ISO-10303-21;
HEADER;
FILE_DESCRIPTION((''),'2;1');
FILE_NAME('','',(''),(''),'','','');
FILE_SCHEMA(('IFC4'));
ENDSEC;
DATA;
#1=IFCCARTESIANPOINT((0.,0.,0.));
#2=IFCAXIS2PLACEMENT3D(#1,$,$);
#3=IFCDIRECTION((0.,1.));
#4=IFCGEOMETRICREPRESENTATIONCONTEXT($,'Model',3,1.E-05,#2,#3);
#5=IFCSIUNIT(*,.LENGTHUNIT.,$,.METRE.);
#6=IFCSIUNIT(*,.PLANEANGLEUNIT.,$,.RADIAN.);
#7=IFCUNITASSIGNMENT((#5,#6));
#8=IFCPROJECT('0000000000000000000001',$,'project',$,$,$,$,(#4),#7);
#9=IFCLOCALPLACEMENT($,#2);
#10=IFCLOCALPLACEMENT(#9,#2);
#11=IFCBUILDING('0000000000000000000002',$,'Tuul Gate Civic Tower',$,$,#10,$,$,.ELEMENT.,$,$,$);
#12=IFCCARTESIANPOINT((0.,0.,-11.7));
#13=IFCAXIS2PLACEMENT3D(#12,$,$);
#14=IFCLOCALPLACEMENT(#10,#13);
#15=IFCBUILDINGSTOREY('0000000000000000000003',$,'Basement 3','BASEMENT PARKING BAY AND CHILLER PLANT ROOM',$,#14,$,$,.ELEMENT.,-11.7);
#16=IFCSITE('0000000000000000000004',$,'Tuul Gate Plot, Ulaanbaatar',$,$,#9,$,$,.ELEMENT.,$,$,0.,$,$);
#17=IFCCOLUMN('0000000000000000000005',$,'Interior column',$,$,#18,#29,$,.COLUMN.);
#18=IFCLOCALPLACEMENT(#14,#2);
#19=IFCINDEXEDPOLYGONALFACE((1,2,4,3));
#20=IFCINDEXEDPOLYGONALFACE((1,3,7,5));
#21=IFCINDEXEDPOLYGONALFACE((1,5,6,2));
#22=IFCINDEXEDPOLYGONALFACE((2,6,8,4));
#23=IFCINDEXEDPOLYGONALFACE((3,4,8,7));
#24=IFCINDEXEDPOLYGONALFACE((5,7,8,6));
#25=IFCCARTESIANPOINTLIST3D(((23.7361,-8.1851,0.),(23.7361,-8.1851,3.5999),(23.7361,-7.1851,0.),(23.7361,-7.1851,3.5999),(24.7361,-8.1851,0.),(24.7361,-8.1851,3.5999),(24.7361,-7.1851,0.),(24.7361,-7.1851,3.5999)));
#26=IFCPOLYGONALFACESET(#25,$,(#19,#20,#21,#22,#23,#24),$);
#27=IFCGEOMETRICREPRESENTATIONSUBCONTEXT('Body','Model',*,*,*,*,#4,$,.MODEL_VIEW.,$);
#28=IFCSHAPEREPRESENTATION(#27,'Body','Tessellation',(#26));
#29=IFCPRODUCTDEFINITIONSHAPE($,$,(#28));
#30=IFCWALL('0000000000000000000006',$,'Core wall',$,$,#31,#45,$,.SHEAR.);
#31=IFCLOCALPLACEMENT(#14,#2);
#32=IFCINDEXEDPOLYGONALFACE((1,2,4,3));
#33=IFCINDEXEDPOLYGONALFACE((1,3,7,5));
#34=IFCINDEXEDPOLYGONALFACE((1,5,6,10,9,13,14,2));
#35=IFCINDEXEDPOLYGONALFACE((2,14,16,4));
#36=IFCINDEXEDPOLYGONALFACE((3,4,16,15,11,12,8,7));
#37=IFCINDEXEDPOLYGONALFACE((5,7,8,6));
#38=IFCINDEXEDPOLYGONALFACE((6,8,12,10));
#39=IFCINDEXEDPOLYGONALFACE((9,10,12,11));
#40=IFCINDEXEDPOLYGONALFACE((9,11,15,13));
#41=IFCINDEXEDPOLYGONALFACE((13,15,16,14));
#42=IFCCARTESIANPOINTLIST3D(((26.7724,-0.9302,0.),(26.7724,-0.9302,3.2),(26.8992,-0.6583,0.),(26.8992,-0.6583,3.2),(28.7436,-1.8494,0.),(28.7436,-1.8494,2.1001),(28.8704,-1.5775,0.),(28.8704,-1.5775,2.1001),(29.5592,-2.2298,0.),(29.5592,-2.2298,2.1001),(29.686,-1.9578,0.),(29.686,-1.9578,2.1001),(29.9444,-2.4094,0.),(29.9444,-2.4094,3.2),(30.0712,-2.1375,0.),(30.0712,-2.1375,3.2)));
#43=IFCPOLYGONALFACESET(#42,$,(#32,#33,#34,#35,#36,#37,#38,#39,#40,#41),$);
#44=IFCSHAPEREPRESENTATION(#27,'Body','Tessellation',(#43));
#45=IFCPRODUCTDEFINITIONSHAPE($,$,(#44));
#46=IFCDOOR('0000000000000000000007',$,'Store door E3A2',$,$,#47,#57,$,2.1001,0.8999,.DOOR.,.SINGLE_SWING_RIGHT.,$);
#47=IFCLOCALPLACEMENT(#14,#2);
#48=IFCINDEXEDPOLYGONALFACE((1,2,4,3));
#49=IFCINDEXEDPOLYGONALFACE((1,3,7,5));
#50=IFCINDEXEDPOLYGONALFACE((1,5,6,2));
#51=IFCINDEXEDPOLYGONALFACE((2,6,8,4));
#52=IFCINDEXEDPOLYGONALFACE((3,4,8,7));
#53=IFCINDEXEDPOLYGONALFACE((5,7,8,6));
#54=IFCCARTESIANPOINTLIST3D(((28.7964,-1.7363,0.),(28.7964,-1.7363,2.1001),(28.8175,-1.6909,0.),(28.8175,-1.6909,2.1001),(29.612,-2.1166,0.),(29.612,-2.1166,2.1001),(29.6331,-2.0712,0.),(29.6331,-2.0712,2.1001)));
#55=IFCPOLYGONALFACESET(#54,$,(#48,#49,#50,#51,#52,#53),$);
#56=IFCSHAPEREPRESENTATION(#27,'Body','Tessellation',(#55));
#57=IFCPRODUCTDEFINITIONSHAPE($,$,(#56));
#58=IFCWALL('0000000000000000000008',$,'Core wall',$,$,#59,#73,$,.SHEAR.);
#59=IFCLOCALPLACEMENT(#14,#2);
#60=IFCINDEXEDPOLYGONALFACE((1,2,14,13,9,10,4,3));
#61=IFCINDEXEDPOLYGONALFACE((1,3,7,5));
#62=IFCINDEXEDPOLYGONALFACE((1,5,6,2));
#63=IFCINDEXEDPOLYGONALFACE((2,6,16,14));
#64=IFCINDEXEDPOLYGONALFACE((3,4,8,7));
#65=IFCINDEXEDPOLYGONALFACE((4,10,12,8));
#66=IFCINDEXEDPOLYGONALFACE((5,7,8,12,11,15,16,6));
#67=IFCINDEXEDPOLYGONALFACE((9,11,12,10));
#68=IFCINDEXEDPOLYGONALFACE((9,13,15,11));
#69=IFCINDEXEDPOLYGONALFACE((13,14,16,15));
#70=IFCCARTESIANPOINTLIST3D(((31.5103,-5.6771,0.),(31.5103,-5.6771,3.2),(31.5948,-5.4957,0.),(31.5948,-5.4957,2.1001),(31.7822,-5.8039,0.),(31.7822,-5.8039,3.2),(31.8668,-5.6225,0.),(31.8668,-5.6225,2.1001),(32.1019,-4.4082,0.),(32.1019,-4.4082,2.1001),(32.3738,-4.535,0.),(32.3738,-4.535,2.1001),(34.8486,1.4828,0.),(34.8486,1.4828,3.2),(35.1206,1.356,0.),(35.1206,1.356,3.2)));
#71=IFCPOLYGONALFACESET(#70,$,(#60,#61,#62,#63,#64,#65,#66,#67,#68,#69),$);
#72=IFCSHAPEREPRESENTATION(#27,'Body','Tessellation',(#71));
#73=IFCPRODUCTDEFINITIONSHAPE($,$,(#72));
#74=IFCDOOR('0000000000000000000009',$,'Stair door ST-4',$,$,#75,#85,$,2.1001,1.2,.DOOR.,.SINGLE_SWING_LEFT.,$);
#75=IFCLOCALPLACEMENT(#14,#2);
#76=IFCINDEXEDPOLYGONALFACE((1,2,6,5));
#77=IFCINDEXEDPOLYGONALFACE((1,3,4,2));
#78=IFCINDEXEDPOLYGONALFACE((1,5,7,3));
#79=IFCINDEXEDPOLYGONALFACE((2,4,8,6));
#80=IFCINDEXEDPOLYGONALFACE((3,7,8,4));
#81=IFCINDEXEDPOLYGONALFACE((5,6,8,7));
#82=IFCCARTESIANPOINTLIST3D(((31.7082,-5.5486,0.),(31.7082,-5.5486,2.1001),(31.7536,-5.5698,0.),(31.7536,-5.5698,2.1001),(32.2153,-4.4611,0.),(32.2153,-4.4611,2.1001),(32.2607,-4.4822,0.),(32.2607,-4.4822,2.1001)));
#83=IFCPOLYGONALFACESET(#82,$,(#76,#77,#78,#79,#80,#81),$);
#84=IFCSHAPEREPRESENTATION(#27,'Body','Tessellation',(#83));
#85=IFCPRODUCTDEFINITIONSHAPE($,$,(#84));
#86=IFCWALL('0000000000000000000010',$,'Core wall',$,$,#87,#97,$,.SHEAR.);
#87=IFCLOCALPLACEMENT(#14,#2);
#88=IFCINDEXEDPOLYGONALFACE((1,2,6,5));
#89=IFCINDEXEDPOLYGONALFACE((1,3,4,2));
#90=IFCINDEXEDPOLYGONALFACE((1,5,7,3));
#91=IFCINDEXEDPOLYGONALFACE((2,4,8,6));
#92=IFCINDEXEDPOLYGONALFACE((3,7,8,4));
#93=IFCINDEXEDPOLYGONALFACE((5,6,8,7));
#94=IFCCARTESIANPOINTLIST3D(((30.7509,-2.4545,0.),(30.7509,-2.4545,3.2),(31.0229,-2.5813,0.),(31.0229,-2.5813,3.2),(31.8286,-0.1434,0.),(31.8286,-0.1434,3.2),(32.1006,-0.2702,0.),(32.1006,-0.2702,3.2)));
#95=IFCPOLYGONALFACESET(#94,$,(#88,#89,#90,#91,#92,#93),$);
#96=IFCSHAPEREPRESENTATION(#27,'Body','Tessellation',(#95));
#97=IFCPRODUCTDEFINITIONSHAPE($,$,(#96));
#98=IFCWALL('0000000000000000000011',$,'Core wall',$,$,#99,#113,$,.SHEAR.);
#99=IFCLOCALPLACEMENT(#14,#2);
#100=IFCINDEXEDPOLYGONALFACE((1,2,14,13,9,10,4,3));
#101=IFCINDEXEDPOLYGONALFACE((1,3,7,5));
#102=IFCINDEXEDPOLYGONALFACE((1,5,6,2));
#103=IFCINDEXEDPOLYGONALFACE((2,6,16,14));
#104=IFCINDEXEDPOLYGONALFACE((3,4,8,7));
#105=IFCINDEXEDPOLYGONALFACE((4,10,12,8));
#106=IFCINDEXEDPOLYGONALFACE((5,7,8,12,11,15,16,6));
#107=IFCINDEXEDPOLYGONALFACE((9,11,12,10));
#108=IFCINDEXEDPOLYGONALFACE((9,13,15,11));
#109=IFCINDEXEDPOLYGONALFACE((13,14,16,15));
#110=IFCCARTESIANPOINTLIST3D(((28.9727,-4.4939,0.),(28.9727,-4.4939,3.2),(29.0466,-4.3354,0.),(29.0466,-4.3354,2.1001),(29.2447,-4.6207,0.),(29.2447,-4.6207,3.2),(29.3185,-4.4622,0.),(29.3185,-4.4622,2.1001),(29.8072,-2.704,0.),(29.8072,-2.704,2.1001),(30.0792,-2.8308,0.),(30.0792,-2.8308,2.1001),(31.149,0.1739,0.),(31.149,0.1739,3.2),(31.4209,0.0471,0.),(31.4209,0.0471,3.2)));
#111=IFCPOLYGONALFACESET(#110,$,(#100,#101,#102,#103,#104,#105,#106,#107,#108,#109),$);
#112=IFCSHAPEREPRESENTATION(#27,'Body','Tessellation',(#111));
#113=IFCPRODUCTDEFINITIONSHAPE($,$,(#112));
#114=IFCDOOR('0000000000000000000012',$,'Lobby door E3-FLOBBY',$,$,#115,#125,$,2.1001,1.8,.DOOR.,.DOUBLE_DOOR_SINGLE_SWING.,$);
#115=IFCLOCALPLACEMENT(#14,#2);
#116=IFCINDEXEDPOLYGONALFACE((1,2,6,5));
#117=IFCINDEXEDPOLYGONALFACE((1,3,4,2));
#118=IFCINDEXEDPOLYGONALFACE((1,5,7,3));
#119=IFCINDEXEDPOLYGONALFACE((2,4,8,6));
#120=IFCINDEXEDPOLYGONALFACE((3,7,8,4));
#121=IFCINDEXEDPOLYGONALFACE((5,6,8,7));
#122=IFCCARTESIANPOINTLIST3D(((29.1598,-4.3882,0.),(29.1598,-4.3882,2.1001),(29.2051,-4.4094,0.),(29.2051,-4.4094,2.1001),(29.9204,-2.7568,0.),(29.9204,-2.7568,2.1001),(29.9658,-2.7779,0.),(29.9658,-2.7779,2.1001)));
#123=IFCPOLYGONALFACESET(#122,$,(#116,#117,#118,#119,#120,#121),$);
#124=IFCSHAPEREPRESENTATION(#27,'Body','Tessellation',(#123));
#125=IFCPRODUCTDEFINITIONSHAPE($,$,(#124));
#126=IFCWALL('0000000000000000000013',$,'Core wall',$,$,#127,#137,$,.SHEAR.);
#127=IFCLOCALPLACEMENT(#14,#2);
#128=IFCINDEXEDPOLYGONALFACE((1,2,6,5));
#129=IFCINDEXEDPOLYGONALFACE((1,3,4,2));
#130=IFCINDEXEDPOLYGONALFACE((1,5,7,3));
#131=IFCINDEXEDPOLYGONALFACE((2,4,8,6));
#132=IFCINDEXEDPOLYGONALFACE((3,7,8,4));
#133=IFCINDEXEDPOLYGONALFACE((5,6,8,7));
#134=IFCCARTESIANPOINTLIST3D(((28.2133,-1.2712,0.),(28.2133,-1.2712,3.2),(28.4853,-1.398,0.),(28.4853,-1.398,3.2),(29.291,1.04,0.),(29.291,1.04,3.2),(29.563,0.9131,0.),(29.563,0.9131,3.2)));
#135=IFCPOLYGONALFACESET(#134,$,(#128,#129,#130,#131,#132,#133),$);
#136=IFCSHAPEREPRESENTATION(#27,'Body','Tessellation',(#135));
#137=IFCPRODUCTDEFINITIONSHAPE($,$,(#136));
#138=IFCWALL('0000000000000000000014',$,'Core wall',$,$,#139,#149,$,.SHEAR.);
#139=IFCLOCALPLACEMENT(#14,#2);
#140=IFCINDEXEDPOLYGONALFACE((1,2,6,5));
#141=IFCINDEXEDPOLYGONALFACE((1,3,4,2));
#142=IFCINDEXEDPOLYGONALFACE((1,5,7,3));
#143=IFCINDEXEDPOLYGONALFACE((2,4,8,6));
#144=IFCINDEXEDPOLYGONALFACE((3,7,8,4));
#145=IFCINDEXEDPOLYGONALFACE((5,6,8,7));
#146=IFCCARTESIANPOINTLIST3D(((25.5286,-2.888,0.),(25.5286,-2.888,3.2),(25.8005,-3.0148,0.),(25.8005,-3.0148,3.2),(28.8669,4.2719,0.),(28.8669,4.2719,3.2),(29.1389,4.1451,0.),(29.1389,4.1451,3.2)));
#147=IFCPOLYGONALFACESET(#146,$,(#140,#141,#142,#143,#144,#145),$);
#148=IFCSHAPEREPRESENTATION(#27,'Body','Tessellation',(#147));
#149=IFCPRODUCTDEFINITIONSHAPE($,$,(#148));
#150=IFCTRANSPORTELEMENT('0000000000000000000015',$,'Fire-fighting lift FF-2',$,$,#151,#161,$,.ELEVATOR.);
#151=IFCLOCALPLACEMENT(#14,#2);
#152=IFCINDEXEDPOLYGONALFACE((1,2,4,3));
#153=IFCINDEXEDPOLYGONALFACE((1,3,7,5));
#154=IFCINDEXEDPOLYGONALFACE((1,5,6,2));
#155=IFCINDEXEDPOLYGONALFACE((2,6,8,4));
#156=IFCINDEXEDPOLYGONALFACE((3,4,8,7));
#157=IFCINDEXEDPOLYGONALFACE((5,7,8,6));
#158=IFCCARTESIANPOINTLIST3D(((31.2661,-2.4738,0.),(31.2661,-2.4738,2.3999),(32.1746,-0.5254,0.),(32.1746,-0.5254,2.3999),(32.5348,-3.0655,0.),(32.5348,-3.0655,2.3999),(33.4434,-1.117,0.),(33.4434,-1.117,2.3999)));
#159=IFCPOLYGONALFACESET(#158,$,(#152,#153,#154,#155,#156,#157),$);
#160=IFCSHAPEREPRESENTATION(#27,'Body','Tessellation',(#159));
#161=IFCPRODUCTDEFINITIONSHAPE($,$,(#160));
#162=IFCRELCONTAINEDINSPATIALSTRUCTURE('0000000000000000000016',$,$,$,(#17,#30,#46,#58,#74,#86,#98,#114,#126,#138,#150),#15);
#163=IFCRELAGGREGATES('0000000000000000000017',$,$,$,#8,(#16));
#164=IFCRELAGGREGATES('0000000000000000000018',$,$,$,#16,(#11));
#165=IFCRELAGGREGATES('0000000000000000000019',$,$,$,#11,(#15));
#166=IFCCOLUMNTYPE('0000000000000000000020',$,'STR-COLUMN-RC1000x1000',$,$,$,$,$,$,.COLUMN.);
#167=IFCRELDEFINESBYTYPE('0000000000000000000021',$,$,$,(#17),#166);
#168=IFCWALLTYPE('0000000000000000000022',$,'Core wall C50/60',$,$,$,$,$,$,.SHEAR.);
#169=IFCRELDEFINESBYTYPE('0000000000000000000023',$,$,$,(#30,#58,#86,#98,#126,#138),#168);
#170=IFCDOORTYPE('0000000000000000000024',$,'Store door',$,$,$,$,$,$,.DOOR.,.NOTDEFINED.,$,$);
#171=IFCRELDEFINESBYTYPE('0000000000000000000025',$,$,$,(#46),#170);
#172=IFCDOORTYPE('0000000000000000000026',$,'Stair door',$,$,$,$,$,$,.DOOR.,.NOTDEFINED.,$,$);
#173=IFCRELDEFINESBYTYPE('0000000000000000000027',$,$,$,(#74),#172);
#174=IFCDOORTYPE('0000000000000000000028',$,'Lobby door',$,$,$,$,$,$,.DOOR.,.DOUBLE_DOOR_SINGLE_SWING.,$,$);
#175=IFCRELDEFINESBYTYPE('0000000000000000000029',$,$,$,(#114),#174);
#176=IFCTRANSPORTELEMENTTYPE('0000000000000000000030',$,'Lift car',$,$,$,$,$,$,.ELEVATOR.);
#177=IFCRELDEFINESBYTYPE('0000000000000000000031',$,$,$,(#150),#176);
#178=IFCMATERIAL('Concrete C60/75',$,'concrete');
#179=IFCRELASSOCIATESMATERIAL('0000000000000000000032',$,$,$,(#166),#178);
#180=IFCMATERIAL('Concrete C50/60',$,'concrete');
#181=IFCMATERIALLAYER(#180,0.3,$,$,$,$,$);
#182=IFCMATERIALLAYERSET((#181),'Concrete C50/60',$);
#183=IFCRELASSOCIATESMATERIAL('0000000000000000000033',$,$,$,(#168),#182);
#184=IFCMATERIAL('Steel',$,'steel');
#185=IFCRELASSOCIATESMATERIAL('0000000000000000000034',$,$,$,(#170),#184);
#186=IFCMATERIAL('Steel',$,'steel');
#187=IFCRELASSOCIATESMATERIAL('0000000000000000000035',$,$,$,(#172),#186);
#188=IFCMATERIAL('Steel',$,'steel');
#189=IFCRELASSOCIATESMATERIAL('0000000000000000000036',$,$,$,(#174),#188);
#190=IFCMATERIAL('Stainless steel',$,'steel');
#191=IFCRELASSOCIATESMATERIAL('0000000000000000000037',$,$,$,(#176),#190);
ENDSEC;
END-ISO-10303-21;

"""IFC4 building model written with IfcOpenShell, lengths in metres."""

from ifc_helpers import new_model, si_unit, direction, frame, frame_2d, origin, origin_2d, place, context, subcontext, project, spatial, rectangle, extrude, material, layer, layer_set, material_profile, profile_set, type_object, element, fill, save


model = new_model("IFC4")

# Units and contexts
model_context = context("Model", 3, precision=1e-05, world=origin(), true_north=direction((0.0, 1.0)))
body_context = subcontext(model_context, "Body", "Model", "MODEL_VIEW")
ifc_project = project(units=[si_unit("LENGTHUNIT", "METRE"), si_unit("PLANEANGLEUNIT", "RADIAN")], contexts=[model_context])

# Site, building, storey
site_placement = place(None, origin())
site = spatial("IfcSite", under=ifc_project, at=site_placement, Name="Tuul Gate Plot, Ulaanbaatar", CompositionType="ELEMENT", RefElevation=0.0)
building_placement = place(site_placement, origin())
building = spatial("IfcBuilding", under=site, at=building_placement, Name="Tuul Gate Civic Tower", CompositionType="ELEMENT")
storey_placement = place(building_placement, frame((0.0, 0.0, -11.7)))
storey = spatial("IfcBuildingStorey", under=building, at=storey_placement, Name="Basement 3", Description="BASEMENT PARKING BAY AND CHILLER PLANT ROOM", CompositionType="ELEMENT", Elevation=-11.7)

# Column
ifc_material_1 = material(Name="Concrete C60/75", Category="concrete")
ifc_material_profile_1 = material_profile(ifc_material_1, rectangle(XDim=1.0, YDim=1.0, at=origin_2d()), Name="RC1000x1000")
ifc_profile_set_1 = profile_set([ifc_material_profile_1], Name="Concrete C60/75")
column_type = type_object("IfcColumnType", Name="STR-COLUMN-RC1000x1000", PredefinedType="COLUMN", material=ifc_profile_set_1)
column_placement = place(storey_placement, frame((24.2361, -7.6851, 0.0), z_axis=(0.0, 0.0, 1.0), x_axis=(1.0, 0.0, 0.0)))
element("IfcColumn", 1, at=column_placement, inside=storey, type_object=column_type, Name="Interior column", PredefinedType="COLUMN", context=body_context, shape_type="SweptSolid", body=[
    extrude(rectangle(XDim=1.0, YDim=1.0, at=origin_2d()), origin(), (0.0, 0.0, 1.0), 3.5999),
])

# Walls, openings, doors
ifc_material_2 = material(Name="Concrete C50/60", Category="concrete")
ifc_layer = layer(ifc_material_2, 0.3)
ifc_layer_set = layer_set([ifc_layer], Name="Concrete C50/60")
wall_type = type_object("IfcWallType", Name="Core wall C50/60", PredefinedType="SHEAR", material=ifc_layer_set)
wall_1_placement = place(storey_placement, frame((30.0078, -2.2734, 0.0), z_axis=(0.0, 0.0, 1.0), x_axis=(-0.906301, 0.422633, 0.0)))
wall_1 = element("IfcWall", 2, at=wall_1_placement, inside=storey, type_object=wall_type, Name="Core wall", PredefinedType="SHEAR", context=body_context, shape_type="SweptSolid", body=[
    extrude(rectangle(XDim=3.5, YDim=0.3, at=frame_2d((1.75, 0.0))), origin(), (0.0, 0.0, 1.0), 3.2),
])
opening_1_placement = place(wall_1_placement, frame((0.425, 0.0, 0.0)))
opening_1 = element("IfcOpeningElement", 3, at=opening_1_placement, cuts=wall_1, PredefinedType="OPENING", context=body_context, shape_type="SweptSolid", body=[
    extrude(rectangle(XDim=0.8999, YDim=2.1001, at=frame_2d((0.45, 1.05))), frame((0.0, 0.1602, 0.0), z_axis=(0.0, -1.0, 0.0), x_axis=(1.0, 0.0, 0.0)), (0.0, 0.0, 1.0), 0.3201),
])
ifc_material_3 = material(Name="Steel", Category="steel")
door_type_1 = type_object("IfcDoorType", Name="Store door", OperationType="NOTDEFINED", PredefinedType="DOOR", material=ifc_material_3)
door_1_placement = place(opening_1_placement, frame((0.8999, 0.0, 0.0), z_axis=(0.0, 0.0, 1.0), x_axis=(-1.0, 0.0, 0.0)))
door_1 = element("IfcDoor", 4, at=door_1_placement, inside=storey, type_object=door_type_1, Name="Store door E3A2", OperationType="SINGLE_SWING_RIGHT", OverallHeight=2.1001, OverallWidth=0.8999, PredefinedType="DOOR", context=body_context, shape_type="SweptSolid", body=[
    extrude(rectangle(XDim=0.8999, YDim=2.1001, at=frame_2d((0.45, 1.05))), frame((0.0, 0.0249, 0.0), z_axis=(0.0, -1.0, 0.0), x_axis=(1.0, 0.0, 0.0)), (0.0, 0.0, 1.0), 0.05),
])
fill(opening_1, door_1)
wall_2_placement = place(storey_placement, frame((31.6462, -5.7405, 0.0), z_axis=(0.0, 0.0, 1.0), x_axis=(0.422583, 0.906324, 0.0)))
wall_2 = element("IfcWall", 5, at=wall_2_placement, inside=storey, type_object=wall_type, Name="Core wall", PredefinedType="SHEAR", context=body_context, shape_type="SweptSolid", body=[
    extrude(rectangle(XDim=7.8999, YDim=0.3, at=frame_2d((3.95, 0.0))), origin(), (0.0, 0.0, 1.0), 3.2),
])
opening_2_placement = place(wall_2_placement, frame((0.2, 0.0, 0.0)))
opening_2 = element("IfcOpeningElement", 6, at=opening_2_placement, cuts=wall_2, PredefinedType="OPENING", context=body_context, shape_type="SweptSolid", body=[
    extrude(rectangle(XDim=1.2, YDim=2.1001, at=frame_2d((0.6001, 1.05))), frame((0.0, 0.1602, 0.0), z_axis=(0.0, -1.0, 0.0), x_axis=(1.0, 0.0, 0.0)), (0.0, 0.0, 1.0), 0.3201),
])
ifc_material_4 = material(Name="Steel", Category="steel")
door_type_2 = type_object("IfcDoorType", Name="Stair door", OperationType="NOTDEFINED", PredefinedType="DOOR", material=ifc_material_4)
door_2_placement = place(opening_2_placement, origin())
door_2 = element("IfcDoor", 7, at=door_2_placement, inside=storey, type_object=door_type_2, Name="Stair door ST-4", OperationType="SINGLE_SWING_LEFT", OverallHeight=2.1001, OverallWidth=1.2, PredefinedType="DOOR", context=body_context, shape_type="SweptSolid", body=[
    extrude(rectangle(XDim=1.2, YDim=2.1001, at=frame_2d((0.6001, 1.05))), frame((0.0, 0.0249, 0.0), z_axis=(0.0, -1.0, 0.0), x_axis=(1.0, 0.0, 0.0)), (0.0, 0.0, 1.0), 0.05),
])
fill(opening_2, door_2)

# Wall
wall_3_placement = place(storey_placement, frame((30.887, -2.5178, 0.0), z_axis=(0.0, 0.0, 1.0), x_axis=(0.422613, 0.90631, 0.0)))
element("IfcWall", 8, at=wall_3_placement, inside=storey, type_object=wall_type, Name="Core wall", PredefinedType="SHEAR", context=body_context, shape_type="SweptSolid", body=[
    extrude(rectangle(XDim=2.55, YDim=0.3, at=frame_2d((1.2749, 0.0))), origin(), (0.0, 0.0, 1.0), 3.2),
])

# Wall, opening, door
wall_4_placement = place(storey_placement, frame((29.1086, -4.5574, 0.0), z_axis=(0.0, 0.0, 1.0), x_axis=(0.422566, 0.906332, 0.0)))
wall_4 = element("IfcWall", 9, at=wall_4_placement, inside=storey, type_object=wall_type, Name="Core wall", PredefinedType="SHEAR", context=body_context, shape_type="SweptSolid", body=[
    extrude(rectangle(XDim=5.1501, YDim=0.3, at=frame_2d((2.5752, 0.0))), origin(), (0.0, 0.0, 1.0), 3.2),
])
opening_3_placement = place(wall_4_placement, frame((0.175, 0.0, 0.0)))
opening_3 = element("IfcOpeningElement", 10, at=opening_3_placement, cuts=wall_4, PredefinedType="OPENING", context=body_context, shape_type="SweptSolid", body=[
    extrude(rectangle(XDim=1.8, YDim=2.1001, at=frame_2d((0.8999, 1.05))), frame((0.0, 0.1602, 0.0), z_axis=(0.0, -1.0, 0.0), x_axis=(1.0, 0.0, 0.0)), (0.0, 0.0, 1.0), 0.3201),
])
ifc_material_5 = material(Name="Steel", Category="steel")
door_type_3 = type_object("IfcDoorType", Name="Lobby door", OperationType="DOUBLE_DOOR_SINGLE_SWING", PredefinedType="DOOR", material=ifc_material_5)
door_3_placement = place(opening_3_placement, frame((1.8, 0.0, 0.0), z_axis=(0.0, 0.0, 1.0), x_axis=(-1.0, 0.0, 0.0)))
door_3 = element("IfcDoor", 11, at=door_3_placement, inside=storey, type_object=door_type_3, Name="Lobby door E3-FLOBBY", OperationType="DOUBLE_DOOR_SINGLE_SWING", OverallHeight=2.1001, OverallWidth=1.8, PredefinedType="DOOR", context=body_context, shape_type="SweptSolid", body=[
    extrude(rectangle(XDim=1.8, YDim=2.1001, at=frame_2d((0.9001, 1.05))), frame((0.0, 0.0249, 0.0), z_axis=(0.0, -1.0, 0.0), x_axis=(1.0, 0.0, 0.0)), (0.0, 0.0, 1.0), 0.05),
])
fill(opening_3, door_3)

# Walls
wall_5_placement = place(storey_placement, frame((28.3494, -1.3345, 0.0), z_axis=(0.0, 0.0, 1.0), x_axis=(0.422613, 0.90631, 0.0)))
element("IfcWall", 12, at=wall_5_placement, inside=storey, type_object=wall_type, Name="Core wall", PredefinedType="SHEAR", context=body_context, shape_type="SweptSolid", body=[
    extrude(rectangle(XDim=2.55, YDim=0.3, at=frame_2d((1.2749, 0.0))), origin(), (0.0, 0.0, 1.0), 3.2),
])
wall_6_placement = place(storey_placement, frame((25.6646, -2.9514, 0.0), z_axis=(0.0, 0.0, 1.0), x_axis=(0.422583, 0.906324, 0.0)))
element("IfcWall", 13, at=wall_6_placement, inside=storey, type_object=wall_type, Name="Core wall", PredefinedType="SHEAR", context=body_context, shape_type="SweptSolid", body=[
    extrude(rectangle(XDim=7.8999, YDim=0.3, at=frame_2d((3.95, 0.0))), origin(), (0.0, 0.0, 1.0), 3.2),
])

# Transport element
ifc_material_6 = material(Name="Stainless steel", Category="steel")
transport_element_type = type_object("IfcTransportElementType", Name="Lift car", PredefinedType="ELEVATOR", material=ifc_material_6)
transport_element_placement = place(storey_placement, frame((32.3547, -1.7954, 0.0), z_axis=(0.0, 0.0, 1.0), x_axis=(-0.906314, 0.422606, 0.0)))
element("IfcTransportElement", 14, at=transport_element_placement, inside=storey, type_object=transport_element_type, Name="Fire-fighting lift FF-2", PredefinedType="ELEVATOR", context=body_context, shape_type="SweptSolid", body=[
    extrude(rectangle(XDim=1.3999, YDim=2.1499, at=origin_2d()), origin(), (0.0, 0.0, 1.0), 2.3999),
])

save(model, "model.ifc")
